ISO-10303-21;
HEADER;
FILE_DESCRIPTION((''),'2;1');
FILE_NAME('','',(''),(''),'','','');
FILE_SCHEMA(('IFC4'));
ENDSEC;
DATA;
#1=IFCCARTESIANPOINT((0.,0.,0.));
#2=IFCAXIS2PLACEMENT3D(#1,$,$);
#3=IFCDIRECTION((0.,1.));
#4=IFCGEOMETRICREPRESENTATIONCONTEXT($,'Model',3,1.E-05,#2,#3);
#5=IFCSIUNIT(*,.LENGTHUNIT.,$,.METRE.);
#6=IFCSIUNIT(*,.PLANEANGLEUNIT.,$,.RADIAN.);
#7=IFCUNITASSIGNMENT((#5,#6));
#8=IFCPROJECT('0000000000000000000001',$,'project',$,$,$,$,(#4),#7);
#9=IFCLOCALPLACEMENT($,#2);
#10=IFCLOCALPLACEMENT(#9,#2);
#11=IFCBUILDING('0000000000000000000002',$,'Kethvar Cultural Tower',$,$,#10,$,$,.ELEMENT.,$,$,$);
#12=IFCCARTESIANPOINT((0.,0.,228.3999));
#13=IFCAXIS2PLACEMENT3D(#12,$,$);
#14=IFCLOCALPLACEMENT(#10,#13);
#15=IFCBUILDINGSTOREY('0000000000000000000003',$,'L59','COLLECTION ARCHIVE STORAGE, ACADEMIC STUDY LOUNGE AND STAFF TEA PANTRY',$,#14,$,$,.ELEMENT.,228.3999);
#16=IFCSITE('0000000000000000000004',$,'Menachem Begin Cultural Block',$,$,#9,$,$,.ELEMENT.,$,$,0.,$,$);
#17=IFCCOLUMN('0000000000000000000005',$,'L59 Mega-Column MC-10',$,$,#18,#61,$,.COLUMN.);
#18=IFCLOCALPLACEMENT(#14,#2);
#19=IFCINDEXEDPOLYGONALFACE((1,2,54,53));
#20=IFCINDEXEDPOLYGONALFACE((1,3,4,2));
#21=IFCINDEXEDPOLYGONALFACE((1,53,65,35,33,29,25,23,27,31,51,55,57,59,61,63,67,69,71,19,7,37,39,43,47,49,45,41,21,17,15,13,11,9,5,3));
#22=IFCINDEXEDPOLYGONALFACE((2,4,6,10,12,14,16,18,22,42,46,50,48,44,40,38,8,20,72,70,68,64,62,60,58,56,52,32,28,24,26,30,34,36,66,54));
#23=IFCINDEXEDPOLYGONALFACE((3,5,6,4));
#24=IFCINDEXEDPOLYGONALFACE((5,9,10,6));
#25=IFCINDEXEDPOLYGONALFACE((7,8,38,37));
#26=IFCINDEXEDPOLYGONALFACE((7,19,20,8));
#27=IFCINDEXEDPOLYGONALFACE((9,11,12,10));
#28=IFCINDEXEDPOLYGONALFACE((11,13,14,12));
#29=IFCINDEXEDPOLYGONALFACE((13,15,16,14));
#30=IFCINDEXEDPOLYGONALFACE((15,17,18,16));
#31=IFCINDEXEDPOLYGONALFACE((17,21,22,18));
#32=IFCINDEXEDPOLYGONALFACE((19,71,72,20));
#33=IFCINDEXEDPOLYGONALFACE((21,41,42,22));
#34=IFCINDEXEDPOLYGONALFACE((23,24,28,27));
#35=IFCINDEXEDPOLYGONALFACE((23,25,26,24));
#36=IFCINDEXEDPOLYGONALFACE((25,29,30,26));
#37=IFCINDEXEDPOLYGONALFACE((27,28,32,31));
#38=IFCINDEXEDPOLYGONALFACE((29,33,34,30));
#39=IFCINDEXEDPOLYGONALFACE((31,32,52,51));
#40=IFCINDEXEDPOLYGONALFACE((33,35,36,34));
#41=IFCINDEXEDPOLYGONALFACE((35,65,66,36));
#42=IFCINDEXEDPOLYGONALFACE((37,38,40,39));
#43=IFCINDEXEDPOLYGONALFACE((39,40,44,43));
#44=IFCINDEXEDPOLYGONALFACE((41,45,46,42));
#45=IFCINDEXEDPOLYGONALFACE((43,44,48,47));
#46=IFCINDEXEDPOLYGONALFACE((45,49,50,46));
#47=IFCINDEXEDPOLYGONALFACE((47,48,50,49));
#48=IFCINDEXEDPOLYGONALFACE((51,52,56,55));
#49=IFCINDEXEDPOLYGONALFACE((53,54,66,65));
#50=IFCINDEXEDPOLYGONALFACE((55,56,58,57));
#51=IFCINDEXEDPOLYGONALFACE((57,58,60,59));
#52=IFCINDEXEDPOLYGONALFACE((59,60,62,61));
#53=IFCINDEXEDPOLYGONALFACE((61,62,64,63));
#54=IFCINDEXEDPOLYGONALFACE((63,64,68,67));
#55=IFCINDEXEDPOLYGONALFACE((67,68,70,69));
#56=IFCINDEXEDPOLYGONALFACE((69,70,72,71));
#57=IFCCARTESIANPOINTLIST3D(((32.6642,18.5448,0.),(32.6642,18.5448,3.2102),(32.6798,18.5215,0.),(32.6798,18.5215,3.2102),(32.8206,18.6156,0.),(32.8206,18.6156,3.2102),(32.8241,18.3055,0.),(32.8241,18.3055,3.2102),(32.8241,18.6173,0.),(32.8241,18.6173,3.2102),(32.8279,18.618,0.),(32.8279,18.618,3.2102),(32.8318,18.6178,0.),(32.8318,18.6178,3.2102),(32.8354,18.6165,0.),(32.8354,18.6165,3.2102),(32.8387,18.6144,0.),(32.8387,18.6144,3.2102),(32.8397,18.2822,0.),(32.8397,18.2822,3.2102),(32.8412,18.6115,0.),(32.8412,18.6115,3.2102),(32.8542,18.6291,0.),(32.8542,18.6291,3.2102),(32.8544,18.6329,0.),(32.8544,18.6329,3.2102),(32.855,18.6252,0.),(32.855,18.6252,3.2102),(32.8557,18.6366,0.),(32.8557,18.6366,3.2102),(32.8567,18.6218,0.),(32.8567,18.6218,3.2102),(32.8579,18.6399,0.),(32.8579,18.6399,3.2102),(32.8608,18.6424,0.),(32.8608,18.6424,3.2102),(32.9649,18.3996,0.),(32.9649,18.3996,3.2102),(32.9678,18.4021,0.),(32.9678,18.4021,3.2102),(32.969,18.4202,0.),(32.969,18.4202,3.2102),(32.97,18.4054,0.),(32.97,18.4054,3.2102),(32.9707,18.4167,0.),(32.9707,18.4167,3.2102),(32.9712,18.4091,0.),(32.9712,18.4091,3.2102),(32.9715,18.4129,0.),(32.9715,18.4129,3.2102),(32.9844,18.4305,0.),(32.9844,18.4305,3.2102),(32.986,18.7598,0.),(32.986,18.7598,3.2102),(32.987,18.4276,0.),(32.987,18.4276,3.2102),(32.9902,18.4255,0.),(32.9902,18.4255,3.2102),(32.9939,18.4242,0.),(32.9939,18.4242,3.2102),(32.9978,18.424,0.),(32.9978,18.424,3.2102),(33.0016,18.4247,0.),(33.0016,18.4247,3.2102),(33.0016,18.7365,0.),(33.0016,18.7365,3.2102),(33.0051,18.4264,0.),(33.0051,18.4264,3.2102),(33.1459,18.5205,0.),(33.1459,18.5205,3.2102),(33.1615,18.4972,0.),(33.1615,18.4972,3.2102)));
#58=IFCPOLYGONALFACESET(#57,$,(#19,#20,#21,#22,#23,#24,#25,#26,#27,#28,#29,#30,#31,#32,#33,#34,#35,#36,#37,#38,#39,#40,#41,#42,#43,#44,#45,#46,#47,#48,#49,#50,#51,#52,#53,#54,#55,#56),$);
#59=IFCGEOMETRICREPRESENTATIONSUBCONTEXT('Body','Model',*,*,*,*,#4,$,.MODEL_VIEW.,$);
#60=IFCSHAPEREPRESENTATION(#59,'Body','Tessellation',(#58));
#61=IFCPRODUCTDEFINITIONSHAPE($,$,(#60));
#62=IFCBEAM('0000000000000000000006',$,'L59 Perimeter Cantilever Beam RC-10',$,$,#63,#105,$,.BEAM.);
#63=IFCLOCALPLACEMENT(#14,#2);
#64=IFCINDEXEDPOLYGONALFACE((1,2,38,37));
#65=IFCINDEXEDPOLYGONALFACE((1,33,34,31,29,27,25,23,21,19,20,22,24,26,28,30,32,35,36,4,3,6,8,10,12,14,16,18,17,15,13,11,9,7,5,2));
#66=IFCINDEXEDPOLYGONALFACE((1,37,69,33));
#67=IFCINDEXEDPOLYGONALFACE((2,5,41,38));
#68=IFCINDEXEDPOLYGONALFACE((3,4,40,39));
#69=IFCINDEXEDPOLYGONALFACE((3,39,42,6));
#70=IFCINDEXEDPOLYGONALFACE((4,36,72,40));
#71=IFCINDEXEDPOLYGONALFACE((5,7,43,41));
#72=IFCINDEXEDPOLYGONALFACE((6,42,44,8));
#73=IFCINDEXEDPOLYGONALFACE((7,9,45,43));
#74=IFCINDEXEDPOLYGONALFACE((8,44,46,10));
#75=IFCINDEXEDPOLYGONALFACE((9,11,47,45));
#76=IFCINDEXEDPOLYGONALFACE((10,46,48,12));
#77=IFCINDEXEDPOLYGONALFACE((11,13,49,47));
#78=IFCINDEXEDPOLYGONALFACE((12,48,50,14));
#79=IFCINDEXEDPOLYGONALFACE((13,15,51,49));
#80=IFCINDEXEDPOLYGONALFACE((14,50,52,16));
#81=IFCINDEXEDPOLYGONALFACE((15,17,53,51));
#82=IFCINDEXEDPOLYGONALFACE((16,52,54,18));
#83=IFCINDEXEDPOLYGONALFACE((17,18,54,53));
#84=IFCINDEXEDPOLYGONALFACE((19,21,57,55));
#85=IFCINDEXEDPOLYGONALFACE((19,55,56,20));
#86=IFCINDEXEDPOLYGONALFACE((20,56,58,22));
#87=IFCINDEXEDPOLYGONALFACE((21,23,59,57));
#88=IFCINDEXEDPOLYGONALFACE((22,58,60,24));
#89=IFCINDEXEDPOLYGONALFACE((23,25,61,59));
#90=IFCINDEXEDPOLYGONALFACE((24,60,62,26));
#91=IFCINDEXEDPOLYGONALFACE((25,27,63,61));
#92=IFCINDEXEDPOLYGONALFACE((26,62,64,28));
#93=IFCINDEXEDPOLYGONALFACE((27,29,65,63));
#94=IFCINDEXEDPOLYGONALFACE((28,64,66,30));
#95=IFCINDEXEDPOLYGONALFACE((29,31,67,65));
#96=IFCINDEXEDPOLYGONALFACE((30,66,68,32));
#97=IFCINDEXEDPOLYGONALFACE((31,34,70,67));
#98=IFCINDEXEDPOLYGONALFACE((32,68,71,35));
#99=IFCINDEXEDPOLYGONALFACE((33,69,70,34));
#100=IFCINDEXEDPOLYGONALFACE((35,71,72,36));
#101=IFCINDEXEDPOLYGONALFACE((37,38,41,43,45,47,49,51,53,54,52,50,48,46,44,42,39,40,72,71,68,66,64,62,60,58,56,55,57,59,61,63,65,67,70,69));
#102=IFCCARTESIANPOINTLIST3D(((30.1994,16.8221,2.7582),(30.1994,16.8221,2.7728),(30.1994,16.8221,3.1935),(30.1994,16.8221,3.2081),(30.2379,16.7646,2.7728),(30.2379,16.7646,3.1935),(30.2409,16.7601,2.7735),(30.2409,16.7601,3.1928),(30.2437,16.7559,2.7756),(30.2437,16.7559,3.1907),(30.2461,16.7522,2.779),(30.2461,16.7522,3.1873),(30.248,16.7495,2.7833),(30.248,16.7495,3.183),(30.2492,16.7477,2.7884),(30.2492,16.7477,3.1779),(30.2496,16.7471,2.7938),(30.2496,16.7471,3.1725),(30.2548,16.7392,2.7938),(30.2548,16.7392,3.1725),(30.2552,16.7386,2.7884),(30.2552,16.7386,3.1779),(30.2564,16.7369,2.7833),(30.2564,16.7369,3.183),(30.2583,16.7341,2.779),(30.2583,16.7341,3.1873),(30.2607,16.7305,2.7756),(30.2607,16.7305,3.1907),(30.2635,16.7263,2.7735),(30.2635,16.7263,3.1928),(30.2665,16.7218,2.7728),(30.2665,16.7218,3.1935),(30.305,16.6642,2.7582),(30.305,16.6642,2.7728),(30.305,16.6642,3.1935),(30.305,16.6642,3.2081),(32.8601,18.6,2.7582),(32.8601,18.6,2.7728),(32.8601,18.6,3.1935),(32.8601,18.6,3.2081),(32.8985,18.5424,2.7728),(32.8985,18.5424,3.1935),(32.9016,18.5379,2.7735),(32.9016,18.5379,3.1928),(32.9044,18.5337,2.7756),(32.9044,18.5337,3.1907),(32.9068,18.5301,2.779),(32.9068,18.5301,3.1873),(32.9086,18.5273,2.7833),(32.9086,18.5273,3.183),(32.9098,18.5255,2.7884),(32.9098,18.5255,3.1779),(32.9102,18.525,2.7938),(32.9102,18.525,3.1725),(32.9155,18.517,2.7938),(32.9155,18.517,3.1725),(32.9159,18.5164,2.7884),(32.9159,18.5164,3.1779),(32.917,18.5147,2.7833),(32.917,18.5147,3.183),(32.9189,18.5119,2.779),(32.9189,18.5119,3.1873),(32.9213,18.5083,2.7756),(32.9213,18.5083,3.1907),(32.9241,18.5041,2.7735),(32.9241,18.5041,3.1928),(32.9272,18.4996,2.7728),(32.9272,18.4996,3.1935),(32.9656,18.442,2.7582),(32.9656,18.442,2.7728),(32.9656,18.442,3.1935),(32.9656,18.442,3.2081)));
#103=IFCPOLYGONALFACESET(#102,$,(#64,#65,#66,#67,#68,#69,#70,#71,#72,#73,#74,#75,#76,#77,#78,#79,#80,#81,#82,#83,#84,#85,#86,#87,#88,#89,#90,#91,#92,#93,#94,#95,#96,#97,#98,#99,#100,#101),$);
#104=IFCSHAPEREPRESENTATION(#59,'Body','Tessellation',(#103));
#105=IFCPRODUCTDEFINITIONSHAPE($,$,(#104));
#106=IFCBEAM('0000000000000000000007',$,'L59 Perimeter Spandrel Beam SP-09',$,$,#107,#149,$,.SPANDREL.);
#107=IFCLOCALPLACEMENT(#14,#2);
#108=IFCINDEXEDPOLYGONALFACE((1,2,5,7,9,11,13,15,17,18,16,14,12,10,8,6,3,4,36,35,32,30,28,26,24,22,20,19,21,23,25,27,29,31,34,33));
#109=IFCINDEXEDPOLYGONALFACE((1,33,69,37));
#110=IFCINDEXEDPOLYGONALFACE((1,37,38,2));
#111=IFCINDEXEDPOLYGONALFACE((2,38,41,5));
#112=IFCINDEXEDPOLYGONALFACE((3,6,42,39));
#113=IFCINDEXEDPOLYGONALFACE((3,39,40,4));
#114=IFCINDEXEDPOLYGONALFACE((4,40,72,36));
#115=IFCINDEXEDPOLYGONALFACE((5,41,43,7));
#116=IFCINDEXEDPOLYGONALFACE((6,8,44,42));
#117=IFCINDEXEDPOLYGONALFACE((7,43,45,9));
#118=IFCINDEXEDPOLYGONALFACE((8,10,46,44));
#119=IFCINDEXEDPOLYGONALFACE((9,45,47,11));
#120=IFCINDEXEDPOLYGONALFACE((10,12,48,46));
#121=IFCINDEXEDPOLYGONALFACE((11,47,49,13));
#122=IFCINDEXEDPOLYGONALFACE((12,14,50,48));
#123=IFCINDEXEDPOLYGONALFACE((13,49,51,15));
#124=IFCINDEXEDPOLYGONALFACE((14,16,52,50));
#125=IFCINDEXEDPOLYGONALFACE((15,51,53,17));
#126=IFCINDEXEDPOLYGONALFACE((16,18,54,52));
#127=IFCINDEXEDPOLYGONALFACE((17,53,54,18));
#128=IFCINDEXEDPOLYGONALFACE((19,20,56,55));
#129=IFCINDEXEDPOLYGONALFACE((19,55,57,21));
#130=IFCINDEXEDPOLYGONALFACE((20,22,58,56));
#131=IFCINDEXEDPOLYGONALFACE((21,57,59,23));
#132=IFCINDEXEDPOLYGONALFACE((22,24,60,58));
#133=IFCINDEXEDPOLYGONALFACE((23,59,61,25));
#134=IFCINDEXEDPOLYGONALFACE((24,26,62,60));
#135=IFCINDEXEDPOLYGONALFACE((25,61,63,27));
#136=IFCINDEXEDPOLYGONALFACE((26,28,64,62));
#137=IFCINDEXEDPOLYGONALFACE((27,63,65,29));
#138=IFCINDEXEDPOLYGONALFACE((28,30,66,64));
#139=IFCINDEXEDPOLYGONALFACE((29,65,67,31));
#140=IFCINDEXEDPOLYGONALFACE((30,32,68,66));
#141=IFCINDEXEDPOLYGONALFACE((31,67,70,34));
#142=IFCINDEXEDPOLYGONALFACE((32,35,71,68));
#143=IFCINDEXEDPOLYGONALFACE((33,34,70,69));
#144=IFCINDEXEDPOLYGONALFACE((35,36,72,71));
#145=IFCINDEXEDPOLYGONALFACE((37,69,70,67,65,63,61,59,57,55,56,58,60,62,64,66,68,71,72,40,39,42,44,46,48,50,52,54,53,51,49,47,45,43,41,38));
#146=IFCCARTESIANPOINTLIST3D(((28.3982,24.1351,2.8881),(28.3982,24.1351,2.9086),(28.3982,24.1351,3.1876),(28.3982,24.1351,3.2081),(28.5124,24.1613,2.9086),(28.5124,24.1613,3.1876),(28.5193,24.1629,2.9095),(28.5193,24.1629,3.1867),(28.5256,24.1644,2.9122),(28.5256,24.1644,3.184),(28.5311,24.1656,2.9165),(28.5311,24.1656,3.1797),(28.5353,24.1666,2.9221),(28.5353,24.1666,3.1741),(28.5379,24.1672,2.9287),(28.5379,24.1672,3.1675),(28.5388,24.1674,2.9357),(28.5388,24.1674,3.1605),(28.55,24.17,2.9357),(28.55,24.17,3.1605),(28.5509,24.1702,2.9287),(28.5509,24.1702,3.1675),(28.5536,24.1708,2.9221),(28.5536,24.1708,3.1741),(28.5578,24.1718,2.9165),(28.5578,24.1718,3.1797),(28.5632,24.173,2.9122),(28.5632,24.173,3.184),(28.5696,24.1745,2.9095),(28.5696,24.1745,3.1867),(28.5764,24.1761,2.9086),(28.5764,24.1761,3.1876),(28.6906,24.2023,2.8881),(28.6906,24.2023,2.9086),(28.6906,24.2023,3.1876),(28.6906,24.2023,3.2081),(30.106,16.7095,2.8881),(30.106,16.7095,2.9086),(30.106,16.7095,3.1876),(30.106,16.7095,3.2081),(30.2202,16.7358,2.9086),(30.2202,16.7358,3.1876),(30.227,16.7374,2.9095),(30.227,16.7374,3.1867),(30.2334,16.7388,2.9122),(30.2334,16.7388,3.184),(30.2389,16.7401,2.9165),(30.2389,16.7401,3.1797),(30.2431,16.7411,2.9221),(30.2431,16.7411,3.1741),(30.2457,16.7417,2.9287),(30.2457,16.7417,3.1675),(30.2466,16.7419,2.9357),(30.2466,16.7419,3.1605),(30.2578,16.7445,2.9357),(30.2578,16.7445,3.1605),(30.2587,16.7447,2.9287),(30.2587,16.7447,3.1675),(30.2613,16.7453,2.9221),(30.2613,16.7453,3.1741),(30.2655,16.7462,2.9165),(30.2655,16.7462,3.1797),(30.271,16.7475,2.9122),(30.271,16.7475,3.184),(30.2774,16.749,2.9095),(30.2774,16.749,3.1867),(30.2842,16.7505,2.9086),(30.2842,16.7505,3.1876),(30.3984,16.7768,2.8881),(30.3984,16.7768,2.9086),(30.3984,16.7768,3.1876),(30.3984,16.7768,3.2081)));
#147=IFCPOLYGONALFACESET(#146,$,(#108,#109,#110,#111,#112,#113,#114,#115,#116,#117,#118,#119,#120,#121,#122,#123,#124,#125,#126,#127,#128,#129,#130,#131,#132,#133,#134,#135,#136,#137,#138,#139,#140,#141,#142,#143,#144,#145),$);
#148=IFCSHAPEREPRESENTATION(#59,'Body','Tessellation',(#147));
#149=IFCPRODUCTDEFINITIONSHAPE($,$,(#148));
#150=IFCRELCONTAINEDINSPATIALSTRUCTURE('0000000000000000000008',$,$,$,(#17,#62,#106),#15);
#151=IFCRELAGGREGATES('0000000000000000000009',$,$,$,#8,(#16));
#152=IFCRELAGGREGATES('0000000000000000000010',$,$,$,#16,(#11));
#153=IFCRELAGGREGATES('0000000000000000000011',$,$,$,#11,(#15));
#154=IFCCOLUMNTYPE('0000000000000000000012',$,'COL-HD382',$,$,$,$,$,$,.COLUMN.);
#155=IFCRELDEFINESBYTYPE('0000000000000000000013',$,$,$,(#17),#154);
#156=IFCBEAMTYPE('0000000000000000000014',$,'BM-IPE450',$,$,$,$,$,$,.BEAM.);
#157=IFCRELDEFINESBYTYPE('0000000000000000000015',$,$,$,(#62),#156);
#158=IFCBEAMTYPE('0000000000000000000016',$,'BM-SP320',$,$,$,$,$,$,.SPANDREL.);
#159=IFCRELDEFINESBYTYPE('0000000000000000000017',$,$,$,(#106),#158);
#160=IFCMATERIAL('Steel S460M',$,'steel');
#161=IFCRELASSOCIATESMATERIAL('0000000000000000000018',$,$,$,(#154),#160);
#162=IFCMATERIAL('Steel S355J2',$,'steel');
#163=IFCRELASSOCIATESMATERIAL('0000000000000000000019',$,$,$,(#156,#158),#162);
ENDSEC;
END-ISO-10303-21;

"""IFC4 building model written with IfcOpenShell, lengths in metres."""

from ifc_helpers import new_model, si_unit, direction, frame, origin, origin_2d, place, context, subcontext, project, spatial, i_section, extrude, source, transform, mapped, material, material_profile, profile_set, type_object, element, save


model = new_model("IFC4")

# Units and contexts
model_context = context("Model", 3, precision=1e-05, world=origin(), true_north=direction((0.0, 1.0)))
body_context = subcontext(model_context, "Body", "Model", "MODEL_VIEW")
ifc_project = project(units=[si_unit("LENGTHUNIT", "METRE"), si_unit("PLANEANGLEUNIT", "RADIAN")], contexts=[model_context])

# Site, building, storey
site_placement = place(None, origin())
site = spatial("IfcSite", under=ifc_project, at=site_placement, Name="Menachem Begin Cultural Block", CompositionType="ELEMENT", RefElevation=0.0)
building_placement = place(site_placement, origin())
building = spatial("IfcBuilding", under=site, at=building_placement, Name="Kethvar Cultural Tower", CompositionType="ELEMENT")
storey_placement = place(building_placement, frame((0.0, 0.0, 228.3999)))
storey = spatial("IfcBuildingStorey", under=building, at=storey_placement, Name="L59", Description="COLLECTION ARCHIVE STORAGE, ACADEMIC STUDY LOUNGE AND STAFF TEA PANTRY", CompositionType="ELEMENT", Elevation=228.3999)

# Column
ifc_material_1 = material(Name="Steel S460M", Category="steel")
ifc_material_profile_1 = material_profile(ifc_material_1, i_section(OverallWidth=0.387, OverallDepth=0.3159, WebThickness=0.0186, FlangeThickness=0.0281, FilletRadius=0.0149, at=origin_2d()), Name="Steel S460M — HD400x382")
ifc_profile_set_1 = profile_set([ifc_material_profile_1], Name="Steel S460M — HD400x382")
column_type = type_object("IfcColumnType", Name="COL-HD382", PredefinedType="COLUMN", material=ifc_profile_set_1)
shared_shape_1 = source(origin(), body_context, "Body", "SweptSolid", [
    extrude(i_section(OverallWidth=0.387, OverallDepth=0.3159, WebThickness=0.0186, FlangeThickness=0.0281, FilletRadius=0.0149, at=origin_2d()), origin(), (0.0, 0.0, 1.0), 3.2102),
])
column_placement = place(storey_placement, frame((32.9128, 18.521, 0.0), z_axis=(0.0, 0.0, 1.0), x_axis=(-0.83147, -0.55557, 0.0)))
element("IfcColumn", 1, at=column_placement, inside=storey, type_object=column_type, Name="L59 Mega-Column MC-10", PredefinedType="COLUMN", context=body_context, shape_type="MappedRepresentation", body=[
    mapped(shared_shape_1, transform((0.0, 0.0, 0.0), scale=1.0)),
])

# Beams
ifc_material_2 = material(Name="Steel S355J2", Category="steel")
ifc_material_profile_2 = material_profile(ifc_material_2, i_section(OverallWidth=0.1899, OverallDepth=0.45, WebThickness=0.0095, FlangeThickness=0.0146, FilletRadius=0.021, at=origin_2d()), Name="Steel S355J2 — IPE450")
ifc_profile_set_2 = profile_set([ifc_material_profile_2], Name="Steel S355J2 — IPE450")
beam_type_1 = type_object("IfcBeamType", Name="BM-IPE450", PredefinedType="BEAM", material=ifc_profile_set_2)
shared_shape_2 = source(origin(), body_context, "Body", "SweptSolid", [
    extrude(i_section(OverallWidth=0.1899, OverallDepth=0.45, WebThickness=0.0095, FlangeThickness=0.0146, FilletRadius=0.021, at=origin_2d()), origin(), (0.0, 0.0, 1.0), 3.2),
])
beam_1_placement = place(storey_placement, frame((32.9128, 18.521, 2.9832), z_axis=(-0.831463, -0.55558, 0.0), x_axis=(0.55558, -0.831463, 0.0)))
element("IfcBeam", 2, at=beam_1_placement, inside=storey, type_object=beam_type_1, Name="L59 Perimeter Cantilever Beam RC-10", PredefinedType="BEAM", context=body_context, shape_type="MappedRepresentation", body=[
    mapped(shared_shape_2, transform((0.0, 0.0, 0.0), scale=1.0)),
])
ifc_material_profile_3 = material_profile(ifc_material_2, i_section(OverallWidth=0.3, OverallDepth=0.3201, WebThickness=0.0115, FlangeThickness=0.0205, FilletRadius=0.0271, at=origin_2d()), Name="Steel S355J2 — HEB320")
ifc_profile_set_3 = profile_set([ifc_material_profile_3], Name="Steel S355J2 — HEB320")
beam_type_2 = type_object("IfcBeamType", Name="BM-SP320", PredefinedType="SPANDREL", material=ifc_profile_set_3)
shared_shape_3 = source(origin(), body_context, "Body", "SweptSolid", [
    extrude(i_section(OverallWidth=0.3, OverallDepth=0.3201, WebThickness=0.0115, FlangeThickness=0.0205, FilletRadius=0.0271, at=origin_2d()), origin(), (0.0, 0.0, 1.0), 7.6194),
])
beam_2_placement = place(storey_placement, frame((28.5444, 24.1687, 3.0481), z_axis=(0.224134, -0.974558, 0.0), x_axis=(0.974558, 0.224134, 0.0)))
element("IfcBeam", 3, at=beam_2_placement, inside=storey, type_object=beam_type_2, Name="L59 Perimeter Spandrel Beam SP-09", PredefinedType="SPANDREL", context=body_context, shape_type="MappedRepresentation", body=[
    mapped(shared_shape_3, transform((0.0, 0.0, 0.0), scale=1.0)),
])

save(model, "model.ifc")
